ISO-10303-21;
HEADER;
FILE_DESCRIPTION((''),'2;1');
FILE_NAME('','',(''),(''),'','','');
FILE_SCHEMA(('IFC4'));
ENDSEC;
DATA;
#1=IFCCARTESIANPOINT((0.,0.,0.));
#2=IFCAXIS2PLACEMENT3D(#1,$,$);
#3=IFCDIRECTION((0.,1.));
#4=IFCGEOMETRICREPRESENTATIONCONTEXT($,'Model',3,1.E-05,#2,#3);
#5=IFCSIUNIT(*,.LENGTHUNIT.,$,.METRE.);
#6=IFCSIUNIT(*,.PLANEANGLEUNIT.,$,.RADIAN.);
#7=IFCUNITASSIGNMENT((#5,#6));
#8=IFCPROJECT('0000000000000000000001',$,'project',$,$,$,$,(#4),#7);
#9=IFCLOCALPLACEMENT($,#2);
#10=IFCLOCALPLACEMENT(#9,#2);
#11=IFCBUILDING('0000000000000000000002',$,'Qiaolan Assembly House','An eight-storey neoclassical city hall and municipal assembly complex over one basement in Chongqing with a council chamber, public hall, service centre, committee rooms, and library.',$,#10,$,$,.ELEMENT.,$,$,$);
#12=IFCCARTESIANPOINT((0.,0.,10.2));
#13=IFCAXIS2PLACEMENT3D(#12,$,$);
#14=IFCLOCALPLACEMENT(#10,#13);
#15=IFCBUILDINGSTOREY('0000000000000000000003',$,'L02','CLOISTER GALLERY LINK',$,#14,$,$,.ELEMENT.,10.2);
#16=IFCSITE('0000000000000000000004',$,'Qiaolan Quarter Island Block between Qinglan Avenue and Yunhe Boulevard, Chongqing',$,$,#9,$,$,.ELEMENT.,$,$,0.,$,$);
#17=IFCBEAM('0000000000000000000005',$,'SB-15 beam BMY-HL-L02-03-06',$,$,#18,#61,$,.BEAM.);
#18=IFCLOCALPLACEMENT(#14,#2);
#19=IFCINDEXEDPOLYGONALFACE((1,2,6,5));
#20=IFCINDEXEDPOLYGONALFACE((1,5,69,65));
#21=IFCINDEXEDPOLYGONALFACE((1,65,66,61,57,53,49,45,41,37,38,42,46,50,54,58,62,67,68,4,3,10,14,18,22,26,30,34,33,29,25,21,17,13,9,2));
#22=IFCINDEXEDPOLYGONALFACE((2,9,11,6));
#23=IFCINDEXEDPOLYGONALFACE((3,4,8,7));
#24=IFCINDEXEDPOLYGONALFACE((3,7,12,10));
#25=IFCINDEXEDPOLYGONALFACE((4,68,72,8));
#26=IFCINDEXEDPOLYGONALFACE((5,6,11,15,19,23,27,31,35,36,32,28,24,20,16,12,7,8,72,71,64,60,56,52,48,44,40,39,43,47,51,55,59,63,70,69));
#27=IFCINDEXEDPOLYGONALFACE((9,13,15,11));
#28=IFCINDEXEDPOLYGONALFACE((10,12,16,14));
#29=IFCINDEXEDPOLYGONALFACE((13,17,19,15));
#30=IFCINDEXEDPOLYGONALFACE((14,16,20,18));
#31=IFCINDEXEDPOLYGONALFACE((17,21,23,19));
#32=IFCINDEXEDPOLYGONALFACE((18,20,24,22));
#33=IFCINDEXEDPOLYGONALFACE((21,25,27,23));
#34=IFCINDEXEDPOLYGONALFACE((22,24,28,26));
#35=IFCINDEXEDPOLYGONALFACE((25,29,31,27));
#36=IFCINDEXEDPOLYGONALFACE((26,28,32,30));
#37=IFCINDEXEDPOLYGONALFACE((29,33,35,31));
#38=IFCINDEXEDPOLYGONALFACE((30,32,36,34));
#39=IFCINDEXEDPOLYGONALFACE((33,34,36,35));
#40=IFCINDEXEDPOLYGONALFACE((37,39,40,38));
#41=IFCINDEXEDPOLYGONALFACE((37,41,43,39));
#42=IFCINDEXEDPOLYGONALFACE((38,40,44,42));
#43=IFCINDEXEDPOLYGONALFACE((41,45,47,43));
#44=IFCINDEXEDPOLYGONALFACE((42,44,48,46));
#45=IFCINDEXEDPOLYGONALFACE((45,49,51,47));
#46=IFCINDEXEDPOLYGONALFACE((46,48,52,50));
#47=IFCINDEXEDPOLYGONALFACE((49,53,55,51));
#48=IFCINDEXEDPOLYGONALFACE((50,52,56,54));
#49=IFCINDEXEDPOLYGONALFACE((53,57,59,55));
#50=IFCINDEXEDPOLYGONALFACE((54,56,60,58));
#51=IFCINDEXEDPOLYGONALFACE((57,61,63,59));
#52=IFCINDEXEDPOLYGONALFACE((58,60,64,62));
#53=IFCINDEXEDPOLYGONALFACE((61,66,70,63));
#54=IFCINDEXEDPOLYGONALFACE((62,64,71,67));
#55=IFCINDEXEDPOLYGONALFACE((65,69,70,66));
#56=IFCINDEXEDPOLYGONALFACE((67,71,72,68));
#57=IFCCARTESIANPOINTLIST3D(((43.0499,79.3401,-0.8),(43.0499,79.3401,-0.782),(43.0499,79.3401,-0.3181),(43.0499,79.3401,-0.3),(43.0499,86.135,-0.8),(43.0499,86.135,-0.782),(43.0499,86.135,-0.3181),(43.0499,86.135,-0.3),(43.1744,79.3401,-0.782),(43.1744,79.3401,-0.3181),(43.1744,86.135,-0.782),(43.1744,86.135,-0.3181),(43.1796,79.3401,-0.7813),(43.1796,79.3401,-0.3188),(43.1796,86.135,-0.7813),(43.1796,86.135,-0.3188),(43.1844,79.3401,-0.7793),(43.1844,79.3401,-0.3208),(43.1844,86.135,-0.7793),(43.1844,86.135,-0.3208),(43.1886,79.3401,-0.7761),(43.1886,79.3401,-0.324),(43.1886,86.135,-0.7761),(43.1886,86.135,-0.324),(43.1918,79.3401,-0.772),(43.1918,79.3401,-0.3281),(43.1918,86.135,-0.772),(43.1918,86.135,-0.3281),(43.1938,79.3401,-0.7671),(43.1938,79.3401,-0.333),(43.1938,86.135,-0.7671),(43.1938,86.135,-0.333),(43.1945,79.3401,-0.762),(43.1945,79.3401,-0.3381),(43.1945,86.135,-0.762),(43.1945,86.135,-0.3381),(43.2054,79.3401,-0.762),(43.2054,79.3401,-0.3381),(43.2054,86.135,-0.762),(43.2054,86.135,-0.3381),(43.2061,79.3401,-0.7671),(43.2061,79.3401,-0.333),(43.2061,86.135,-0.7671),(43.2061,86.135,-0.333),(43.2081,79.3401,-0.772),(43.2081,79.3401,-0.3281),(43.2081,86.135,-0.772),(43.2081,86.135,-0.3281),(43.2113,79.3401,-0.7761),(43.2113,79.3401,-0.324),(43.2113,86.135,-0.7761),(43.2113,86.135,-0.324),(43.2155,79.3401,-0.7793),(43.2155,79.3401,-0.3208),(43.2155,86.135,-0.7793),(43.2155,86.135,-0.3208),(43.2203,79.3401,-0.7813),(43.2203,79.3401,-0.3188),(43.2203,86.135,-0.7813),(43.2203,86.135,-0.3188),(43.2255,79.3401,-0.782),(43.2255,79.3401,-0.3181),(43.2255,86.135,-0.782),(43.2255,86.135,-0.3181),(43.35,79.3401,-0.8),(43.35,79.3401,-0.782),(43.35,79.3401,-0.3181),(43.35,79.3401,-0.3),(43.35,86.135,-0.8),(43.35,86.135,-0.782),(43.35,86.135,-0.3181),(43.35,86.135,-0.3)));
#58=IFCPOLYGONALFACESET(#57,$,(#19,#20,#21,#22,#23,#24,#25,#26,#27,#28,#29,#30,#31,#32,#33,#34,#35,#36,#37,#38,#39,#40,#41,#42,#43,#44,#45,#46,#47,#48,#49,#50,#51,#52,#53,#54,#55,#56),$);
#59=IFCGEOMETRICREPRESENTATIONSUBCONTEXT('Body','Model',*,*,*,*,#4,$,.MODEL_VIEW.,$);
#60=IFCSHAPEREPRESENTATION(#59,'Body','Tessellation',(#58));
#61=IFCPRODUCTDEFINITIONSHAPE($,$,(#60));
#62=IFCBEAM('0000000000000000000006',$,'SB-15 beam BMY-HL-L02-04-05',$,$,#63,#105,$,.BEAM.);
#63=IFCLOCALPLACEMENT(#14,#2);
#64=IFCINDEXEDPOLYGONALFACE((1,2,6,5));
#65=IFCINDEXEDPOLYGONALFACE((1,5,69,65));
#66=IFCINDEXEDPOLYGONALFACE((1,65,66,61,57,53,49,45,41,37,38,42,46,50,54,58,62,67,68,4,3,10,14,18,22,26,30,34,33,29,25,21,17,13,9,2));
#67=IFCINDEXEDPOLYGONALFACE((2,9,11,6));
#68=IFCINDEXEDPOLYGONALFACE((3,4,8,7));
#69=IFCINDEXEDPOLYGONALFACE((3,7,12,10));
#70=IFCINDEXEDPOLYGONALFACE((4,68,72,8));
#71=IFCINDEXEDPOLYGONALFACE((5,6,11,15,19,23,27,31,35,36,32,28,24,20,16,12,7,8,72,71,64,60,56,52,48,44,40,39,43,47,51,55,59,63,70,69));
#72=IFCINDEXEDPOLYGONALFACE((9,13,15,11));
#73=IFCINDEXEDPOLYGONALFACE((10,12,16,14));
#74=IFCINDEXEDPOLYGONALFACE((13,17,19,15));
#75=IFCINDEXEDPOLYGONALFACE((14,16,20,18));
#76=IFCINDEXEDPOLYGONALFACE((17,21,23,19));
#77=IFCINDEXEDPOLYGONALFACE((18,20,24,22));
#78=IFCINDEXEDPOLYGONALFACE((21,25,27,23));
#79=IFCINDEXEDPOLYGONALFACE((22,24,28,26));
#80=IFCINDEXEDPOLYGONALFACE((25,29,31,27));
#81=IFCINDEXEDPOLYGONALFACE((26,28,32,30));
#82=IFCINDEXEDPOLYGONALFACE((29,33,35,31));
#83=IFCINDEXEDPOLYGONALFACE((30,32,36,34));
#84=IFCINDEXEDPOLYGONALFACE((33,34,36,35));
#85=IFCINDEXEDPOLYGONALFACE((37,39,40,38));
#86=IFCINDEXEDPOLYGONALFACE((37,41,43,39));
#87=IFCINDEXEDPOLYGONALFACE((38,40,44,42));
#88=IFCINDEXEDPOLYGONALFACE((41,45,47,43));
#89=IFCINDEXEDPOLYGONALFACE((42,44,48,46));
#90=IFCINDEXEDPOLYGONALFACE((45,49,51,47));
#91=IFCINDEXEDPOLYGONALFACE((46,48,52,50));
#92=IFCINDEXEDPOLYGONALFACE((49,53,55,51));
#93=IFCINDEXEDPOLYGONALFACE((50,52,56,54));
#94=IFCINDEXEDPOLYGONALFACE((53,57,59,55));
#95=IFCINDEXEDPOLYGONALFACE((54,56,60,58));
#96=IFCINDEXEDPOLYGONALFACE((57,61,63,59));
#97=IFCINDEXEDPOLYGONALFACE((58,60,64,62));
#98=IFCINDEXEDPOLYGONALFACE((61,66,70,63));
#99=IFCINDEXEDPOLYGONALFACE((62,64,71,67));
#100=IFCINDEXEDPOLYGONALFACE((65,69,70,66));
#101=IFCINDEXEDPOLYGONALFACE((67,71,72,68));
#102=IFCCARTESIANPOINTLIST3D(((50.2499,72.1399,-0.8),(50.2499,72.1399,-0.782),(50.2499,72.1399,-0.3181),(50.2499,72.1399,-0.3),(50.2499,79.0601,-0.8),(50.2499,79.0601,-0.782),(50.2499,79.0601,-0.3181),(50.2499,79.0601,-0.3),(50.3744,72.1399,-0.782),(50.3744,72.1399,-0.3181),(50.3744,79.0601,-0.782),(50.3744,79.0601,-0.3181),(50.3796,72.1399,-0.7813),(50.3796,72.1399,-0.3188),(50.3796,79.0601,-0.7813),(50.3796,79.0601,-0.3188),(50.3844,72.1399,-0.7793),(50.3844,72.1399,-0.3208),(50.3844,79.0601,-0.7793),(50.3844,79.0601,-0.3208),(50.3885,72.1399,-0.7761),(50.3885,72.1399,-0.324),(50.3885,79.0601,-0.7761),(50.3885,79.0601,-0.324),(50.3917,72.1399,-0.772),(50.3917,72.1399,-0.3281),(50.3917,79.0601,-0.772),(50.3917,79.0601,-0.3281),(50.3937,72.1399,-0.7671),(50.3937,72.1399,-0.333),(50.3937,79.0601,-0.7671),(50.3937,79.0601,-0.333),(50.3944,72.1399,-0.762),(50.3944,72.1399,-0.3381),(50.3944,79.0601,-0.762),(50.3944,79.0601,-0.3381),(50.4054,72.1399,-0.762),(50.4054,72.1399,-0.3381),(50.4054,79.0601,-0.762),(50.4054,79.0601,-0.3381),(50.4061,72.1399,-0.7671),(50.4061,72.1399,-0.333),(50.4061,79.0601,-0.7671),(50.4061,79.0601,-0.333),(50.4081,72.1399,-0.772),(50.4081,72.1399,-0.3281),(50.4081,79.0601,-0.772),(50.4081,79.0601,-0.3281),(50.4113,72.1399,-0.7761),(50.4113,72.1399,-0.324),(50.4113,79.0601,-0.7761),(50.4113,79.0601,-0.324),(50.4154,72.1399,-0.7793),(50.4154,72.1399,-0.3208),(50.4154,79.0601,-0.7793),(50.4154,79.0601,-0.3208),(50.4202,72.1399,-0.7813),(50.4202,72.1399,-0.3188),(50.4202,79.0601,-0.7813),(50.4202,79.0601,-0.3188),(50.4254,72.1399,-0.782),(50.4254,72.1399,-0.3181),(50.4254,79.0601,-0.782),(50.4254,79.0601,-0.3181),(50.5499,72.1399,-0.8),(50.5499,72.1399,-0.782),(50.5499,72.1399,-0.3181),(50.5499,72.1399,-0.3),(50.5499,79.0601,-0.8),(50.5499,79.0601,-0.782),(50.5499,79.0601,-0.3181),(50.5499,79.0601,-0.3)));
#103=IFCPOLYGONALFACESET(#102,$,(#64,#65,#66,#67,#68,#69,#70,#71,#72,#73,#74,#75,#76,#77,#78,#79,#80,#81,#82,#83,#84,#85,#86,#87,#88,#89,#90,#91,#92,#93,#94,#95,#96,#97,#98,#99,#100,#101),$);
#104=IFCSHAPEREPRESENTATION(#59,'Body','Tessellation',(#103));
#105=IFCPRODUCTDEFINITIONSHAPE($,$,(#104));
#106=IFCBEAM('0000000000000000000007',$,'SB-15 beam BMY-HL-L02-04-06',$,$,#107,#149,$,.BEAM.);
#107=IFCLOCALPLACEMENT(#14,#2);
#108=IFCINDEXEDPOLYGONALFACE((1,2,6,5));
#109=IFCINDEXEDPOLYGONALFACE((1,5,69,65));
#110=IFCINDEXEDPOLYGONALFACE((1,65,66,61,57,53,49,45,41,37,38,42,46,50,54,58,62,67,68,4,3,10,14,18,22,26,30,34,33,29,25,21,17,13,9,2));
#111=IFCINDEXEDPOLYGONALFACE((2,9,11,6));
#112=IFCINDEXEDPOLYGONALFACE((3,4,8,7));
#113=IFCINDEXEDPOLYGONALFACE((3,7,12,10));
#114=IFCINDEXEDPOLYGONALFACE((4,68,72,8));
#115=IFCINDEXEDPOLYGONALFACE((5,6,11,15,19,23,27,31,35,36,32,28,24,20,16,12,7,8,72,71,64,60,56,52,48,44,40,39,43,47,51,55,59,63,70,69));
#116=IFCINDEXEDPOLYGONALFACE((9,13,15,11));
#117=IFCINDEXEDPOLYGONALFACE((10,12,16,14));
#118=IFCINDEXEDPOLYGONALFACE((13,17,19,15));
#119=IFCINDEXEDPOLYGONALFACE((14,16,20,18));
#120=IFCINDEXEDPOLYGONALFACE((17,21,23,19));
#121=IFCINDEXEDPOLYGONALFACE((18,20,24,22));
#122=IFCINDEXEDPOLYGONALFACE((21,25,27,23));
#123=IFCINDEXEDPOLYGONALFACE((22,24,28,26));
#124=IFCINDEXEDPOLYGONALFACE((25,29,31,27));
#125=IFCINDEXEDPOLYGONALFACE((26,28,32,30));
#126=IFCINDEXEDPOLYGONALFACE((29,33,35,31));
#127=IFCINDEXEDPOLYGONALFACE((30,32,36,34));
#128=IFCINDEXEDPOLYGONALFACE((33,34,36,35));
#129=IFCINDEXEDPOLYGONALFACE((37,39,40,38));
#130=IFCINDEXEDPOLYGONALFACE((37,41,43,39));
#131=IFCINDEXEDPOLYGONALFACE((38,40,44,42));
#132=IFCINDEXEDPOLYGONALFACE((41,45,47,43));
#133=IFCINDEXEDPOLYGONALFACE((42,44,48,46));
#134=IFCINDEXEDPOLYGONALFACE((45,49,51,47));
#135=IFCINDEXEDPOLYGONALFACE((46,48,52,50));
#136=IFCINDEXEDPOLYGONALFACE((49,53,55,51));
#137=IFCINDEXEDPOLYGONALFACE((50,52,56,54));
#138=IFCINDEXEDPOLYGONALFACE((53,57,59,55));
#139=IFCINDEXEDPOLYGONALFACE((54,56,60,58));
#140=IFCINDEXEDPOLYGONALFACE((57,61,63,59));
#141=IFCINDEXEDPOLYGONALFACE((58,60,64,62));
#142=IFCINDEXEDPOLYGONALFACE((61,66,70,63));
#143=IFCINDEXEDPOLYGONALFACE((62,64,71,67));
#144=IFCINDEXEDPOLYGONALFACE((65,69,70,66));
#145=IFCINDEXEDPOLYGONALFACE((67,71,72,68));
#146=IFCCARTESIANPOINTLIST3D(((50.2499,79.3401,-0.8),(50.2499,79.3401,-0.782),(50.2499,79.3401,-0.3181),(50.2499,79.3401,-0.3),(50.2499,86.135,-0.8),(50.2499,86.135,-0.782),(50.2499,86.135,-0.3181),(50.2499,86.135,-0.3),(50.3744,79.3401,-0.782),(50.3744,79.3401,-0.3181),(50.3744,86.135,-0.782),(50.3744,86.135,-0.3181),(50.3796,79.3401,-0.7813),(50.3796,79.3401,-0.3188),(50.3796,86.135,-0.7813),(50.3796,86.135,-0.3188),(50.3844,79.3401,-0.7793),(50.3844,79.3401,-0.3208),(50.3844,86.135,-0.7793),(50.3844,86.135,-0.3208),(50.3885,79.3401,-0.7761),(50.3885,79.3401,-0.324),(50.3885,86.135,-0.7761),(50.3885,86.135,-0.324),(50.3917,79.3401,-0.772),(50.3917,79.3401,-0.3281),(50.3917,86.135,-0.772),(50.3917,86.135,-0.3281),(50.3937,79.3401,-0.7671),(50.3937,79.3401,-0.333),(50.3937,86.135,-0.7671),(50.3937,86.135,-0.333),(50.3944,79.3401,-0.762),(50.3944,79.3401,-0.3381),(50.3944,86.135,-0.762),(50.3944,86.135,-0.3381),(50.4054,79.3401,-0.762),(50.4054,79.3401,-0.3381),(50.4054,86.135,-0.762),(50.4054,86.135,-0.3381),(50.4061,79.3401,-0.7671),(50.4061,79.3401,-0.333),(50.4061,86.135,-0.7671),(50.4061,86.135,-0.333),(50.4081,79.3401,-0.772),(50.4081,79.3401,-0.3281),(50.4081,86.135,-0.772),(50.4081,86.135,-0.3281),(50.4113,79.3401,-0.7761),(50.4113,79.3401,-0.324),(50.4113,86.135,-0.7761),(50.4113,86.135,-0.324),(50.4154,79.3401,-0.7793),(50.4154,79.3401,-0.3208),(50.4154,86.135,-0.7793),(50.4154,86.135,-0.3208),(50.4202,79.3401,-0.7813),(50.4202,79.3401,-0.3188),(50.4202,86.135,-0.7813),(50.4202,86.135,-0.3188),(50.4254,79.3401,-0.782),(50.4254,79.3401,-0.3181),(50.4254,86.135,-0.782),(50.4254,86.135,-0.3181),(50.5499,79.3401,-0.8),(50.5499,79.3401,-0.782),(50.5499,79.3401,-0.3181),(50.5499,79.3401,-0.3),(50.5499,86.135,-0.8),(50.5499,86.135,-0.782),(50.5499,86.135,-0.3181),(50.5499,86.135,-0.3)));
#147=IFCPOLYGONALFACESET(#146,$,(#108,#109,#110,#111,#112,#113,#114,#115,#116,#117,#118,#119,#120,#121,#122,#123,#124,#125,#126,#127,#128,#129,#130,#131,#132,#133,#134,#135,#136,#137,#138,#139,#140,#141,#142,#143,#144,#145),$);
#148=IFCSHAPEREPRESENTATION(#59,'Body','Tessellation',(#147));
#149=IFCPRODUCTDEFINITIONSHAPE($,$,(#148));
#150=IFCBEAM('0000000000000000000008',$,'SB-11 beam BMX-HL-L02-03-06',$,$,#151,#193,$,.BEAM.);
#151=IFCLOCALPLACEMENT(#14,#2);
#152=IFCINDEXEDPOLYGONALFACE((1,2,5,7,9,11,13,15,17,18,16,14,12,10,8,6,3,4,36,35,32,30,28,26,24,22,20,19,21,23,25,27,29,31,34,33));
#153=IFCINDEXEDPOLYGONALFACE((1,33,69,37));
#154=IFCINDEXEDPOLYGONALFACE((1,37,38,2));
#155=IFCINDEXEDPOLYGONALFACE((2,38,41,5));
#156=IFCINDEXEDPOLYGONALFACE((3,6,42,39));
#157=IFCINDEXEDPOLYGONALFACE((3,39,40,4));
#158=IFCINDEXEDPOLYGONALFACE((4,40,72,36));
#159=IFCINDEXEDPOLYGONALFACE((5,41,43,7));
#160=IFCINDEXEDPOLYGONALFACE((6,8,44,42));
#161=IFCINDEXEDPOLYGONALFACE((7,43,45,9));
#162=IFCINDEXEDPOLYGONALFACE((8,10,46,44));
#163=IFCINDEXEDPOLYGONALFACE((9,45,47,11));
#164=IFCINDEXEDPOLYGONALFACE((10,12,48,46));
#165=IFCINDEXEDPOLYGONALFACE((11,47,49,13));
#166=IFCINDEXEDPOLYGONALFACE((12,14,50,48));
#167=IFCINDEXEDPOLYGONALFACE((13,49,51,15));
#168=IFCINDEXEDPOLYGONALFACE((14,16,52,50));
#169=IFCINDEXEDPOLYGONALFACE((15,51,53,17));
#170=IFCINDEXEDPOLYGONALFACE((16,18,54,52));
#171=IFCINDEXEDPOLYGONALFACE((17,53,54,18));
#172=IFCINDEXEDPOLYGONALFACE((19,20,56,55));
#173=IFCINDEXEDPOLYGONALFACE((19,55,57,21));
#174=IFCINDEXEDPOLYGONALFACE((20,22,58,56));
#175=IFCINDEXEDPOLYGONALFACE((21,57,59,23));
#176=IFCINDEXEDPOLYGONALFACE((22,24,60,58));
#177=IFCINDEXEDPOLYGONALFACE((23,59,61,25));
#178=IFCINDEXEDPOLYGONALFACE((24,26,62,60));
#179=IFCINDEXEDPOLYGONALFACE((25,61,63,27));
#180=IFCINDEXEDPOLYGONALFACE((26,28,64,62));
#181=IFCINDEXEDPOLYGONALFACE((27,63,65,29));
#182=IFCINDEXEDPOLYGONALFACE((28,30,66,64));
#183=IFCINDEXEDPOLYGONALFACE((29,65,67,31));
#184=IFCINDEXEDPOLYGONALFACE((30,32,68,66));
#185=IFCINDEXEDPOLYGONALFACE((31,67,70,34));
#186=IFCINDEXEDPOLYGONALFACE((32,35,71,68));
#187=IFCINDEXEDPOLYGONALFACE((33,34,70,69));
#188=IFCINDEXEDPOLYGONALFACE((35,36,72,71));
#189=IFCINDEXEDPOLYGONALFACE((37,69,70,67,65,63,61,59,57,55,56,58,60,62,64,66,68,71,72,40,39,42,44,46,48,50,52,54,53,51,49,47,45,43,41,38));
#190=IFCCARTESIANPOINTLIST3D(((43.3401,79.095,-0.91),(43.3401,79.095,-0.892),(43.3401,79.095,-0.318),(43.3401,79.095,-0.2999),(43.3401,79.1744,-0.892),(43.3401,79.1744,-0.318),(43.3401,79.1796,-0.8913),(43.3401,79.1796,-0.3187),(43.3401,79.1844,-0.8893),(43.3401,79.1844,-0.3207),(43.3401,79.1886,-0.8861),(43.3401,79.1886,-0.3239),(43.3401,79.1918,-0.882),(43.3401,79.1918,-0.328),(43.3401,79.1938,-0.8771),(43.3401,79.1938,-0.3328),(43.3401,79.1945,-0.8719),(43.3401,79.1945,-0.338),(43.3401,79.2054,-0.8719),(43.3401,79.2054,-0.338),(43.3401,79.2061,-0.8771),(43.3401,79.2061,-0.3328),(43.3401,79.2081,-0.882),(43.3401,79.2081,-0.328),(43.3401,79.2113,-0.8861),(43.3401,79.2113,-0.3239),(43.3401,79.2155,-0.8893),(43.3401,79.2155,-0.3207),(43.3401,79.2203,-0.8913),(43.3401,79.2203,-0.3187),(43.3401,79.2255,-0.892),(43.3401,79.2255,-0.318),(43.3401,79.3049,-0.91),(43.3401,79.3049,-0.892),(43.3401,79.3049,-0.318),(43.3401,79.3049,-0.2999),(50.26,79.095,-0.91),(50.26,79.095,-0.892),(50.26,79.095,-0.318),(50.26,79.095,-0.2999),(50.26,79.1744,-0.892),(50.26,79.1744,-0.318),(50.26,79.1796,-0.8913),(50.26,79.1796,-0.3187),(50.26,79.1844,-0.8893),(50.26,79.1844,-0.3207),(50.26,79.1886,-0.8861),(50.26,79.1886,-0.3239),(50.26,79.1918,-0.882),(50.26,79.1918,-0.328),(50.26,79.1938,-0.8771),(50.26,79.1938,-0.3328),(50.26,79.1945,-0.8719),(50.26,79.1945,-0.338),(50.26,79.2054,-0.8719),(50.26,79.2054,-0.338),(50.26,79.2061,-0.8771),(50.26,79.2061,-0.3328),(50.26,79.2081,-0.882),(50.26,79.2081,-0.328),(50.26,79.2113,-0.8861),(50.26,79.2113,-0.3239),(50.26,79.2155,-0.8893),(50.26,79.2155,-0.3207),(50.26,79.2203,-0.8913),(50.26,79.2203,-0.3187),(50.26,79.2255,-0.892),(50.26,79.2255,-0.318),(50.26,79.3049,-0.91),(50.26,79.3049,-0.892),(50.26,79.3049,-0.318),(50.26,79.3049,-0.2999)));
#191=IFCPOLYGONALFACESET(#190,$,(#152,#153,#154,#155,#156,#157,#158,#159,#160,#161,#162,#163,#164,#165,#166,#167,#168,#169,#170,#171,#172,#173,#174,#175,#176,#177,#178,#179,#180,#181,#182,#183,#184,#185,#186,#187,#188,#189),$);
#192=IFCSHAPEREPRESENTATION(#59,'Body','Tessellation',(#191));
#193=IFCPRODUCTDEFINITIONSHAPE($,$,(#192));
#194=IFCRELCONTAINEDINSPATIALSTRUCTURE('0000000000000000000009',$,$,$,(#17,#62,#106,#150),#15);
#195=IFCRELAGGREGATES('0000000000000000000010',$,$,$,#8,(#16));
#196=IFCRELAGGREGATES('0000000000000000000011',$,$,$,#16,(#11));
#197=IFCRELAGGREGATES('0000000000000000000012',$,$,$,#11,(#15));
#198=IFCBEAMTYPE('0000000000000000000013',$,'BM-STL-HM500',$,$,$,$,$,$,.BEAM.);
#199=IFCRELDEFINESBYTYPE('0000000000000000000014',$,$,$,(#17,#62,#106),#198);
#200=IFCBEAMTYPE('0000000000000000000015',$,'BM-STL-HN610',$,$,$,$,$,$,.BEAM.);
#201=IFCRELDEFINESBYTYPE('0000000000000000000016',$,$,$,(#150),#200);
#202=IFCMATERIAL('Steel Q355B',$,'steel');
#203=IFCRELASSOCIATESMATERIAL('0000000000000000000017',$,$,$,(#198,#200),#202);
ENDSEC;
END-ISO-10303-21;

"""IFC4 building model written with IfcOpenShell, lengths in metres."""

from ifc_helpers import new_model, si_unit, direction, frame, origin, origin_2d, place, context, subcontext, project, spatial, i_section, extrude, material, material_profile, profile_set, type_object, element, save


model = new_model("IFC4")

# Units and contexts
model_context = context("Model", 3, precision=1e-05, world=origin(), true_north=direction((0.0, 1.0)))
body_context = subcontext(model_context, "Body", "Model", "MODEL_VIEW")
ifc_project = project(units=[si_unit("LENGTHUNIT", "METRE"), si_unit("PLANEANGLEUNIT", "RADIAN")], contexts=[model_context])

# Site, building, storey
site_placement = place(None, origin())
site = spatial("IfcSite", under=ifc_project, at=site_placement, Name="Qiaolan Quarter Island Block between Qinglan Avenue and Yunhe Boulevard, Chongqing", CompositionType="ELEMENT", RefElevation=0.0)
building_placement = place(site_placement, origin())
building = spatial("IfcBuilding", under=site, at=building_placement, Name="Qiaolan Assembly House", Description="An eight-storey neoclassical city hall and municipal assembly complex over one basement in Chongqing with a council chamber, public hall, service centre, committee rooms, and library.", CompositionType="ELEMENT")
storey_placement = place(building_placement, frame((0.0, 0.0, 10.2)))
storey = spatial("IfcBuildingStorey", under=building, at=storey_placement, Name="L02", Description="CLOISTER GALLERY LINK", CompositionType="ELEMENT", Elevation=10.2)

# Shared definitions
ifc_material_1 = material(Name="Steel Q355B", Category="steel")

# Beams
ifc_material_profile_1 = material_profile(ifc_material_1, i_section(OverallWidth=0.3, OverallDepth=0.5, WebThickness=0.011, FlangeThickness=0.0181, FilletRadius=0.02, at=origin_2d()), Name="HM 500x300x11x18")
ifc_profile_set_1 = profile_set([ifc_material_profile_1], Name="Steel Q355B")
beam_type_1 = type_object("IfcBeamType", Name="BM-STL-HM500", PredefinedType="BEAM", material=ifc_profile_set_1)
beam_1_placement = place(storey_placement, frame((43.2, 79.3401, -0.55), z_axis=(0.0, 1.0, 0.0), x_axis=(-1.0, 0.0, 0.0)))
element("IfcBeam", 1, at=beam_1_placement, inside=storey, type_object=beam_type_1, Name="SB-15 beam BMY-HL-L02-03-06", PredefinedType="BEAM", context=body_context, shape_type="SweptSolid", body=[
    extrude(i_section(OverallWidth=0.3, OverallDepth=0.5, WebThickness=0.011, FlangeThickness=0.0181, FilletRadius=0.02, at=origin_2d()), origin(), (0.0, 0.0, 1.0), 6.7949),
])
beam_2_placement = place(storey_placement, frame((50.3999, 72.1399, -0.55), z_axis=(0.0, 1.0, 0.0), x_axis=(-1.0, 0.0, 0.0)))
element("IfcBeam", 2, at=beam_2_placement, inside=storey, type_object=beam_type_1, Name="SB-15 beam BMY-HL-L02-04-05", PredefinedType="BEAM", context=body_context, shape_type="SweptSolid", body=[
    extrude(i_section(OverallWidth=0.3, OverallDepth=0.5, WebThickness=0.011, FlangeThickness=0.0181, FilletRadius=0.02, at=origin_2d()), origin(), (0.0, 0.0, 1.0), 6.9202),
])
beam_3_placement = place(storey_placement, frame((50.3999, 79.3401, -0.55), z_axis=(0.0, 1.0, 0.0), x_axis=(-1.0, 0.0, 0.0)))
element("IfcBeam", 3, at=beam_3_placement, inside=storey, type_object=beam_type_1, Name="SB-15 beam BMY-HL-L02-04-06", PredefinedType="BEAM", context=body_context, shape_type="SweptSolid", body=[
    extrude(i_section(OverallWidth=0.3, OverallDepth=0.5, WebThickness=0.011, FlangeThickness=0.0181, FilletRadius=0.02, at=origin_2d()), origin(), (0.0, 0.0, 1.0), 6.7949),
])
ifc_material_profile_2 = material_profile(ifc_material_1, i_section(OverallWidth=0.21, OverallDepth=0.6101, WebThickness=0.011, FlangeThickness=0.0181, FilletRadius=0.02, at=origin_2d()), Name="HN 610x210x11x18")
ifc_profile_set_2 = profile_set([ifc_material_profile_2], Name="Steel Q355B")
beam_type_2 = type_object("IfcBeamType", Name="BM-STL-HN610", PredefinedType="BEAM", material=ifc_profile_set_2)
for number, where, z_axis, x_axis, name in (
    (4, (43.3401, 79.2, -0.605), (1.0, 0.0, 0.0), (0.0, 1.0, 0.0), "SB-11 beam BMX-HL-L02-03-06"),
):
    element("IfcBeam", number, at=place(storey_placement, frame(where, z_axis=z_axis, x_axis=x_axis)), inside=storey, type_object=beam_type_2, Name=name, PredefinedType="BEAM", context=body_context, shape_type="SweptSolid", body=[
        extrude(i_section(OverallWidth=0.21, OverallDepth=0.6101, WebThickness=0.011, FlangeThickness=0.0181, FilletRadius=0.02, at=origin_2d()), origin(), (0.0, 0.0, 1.0), 6.9199),
    ])

save(model, "model.ifc")
